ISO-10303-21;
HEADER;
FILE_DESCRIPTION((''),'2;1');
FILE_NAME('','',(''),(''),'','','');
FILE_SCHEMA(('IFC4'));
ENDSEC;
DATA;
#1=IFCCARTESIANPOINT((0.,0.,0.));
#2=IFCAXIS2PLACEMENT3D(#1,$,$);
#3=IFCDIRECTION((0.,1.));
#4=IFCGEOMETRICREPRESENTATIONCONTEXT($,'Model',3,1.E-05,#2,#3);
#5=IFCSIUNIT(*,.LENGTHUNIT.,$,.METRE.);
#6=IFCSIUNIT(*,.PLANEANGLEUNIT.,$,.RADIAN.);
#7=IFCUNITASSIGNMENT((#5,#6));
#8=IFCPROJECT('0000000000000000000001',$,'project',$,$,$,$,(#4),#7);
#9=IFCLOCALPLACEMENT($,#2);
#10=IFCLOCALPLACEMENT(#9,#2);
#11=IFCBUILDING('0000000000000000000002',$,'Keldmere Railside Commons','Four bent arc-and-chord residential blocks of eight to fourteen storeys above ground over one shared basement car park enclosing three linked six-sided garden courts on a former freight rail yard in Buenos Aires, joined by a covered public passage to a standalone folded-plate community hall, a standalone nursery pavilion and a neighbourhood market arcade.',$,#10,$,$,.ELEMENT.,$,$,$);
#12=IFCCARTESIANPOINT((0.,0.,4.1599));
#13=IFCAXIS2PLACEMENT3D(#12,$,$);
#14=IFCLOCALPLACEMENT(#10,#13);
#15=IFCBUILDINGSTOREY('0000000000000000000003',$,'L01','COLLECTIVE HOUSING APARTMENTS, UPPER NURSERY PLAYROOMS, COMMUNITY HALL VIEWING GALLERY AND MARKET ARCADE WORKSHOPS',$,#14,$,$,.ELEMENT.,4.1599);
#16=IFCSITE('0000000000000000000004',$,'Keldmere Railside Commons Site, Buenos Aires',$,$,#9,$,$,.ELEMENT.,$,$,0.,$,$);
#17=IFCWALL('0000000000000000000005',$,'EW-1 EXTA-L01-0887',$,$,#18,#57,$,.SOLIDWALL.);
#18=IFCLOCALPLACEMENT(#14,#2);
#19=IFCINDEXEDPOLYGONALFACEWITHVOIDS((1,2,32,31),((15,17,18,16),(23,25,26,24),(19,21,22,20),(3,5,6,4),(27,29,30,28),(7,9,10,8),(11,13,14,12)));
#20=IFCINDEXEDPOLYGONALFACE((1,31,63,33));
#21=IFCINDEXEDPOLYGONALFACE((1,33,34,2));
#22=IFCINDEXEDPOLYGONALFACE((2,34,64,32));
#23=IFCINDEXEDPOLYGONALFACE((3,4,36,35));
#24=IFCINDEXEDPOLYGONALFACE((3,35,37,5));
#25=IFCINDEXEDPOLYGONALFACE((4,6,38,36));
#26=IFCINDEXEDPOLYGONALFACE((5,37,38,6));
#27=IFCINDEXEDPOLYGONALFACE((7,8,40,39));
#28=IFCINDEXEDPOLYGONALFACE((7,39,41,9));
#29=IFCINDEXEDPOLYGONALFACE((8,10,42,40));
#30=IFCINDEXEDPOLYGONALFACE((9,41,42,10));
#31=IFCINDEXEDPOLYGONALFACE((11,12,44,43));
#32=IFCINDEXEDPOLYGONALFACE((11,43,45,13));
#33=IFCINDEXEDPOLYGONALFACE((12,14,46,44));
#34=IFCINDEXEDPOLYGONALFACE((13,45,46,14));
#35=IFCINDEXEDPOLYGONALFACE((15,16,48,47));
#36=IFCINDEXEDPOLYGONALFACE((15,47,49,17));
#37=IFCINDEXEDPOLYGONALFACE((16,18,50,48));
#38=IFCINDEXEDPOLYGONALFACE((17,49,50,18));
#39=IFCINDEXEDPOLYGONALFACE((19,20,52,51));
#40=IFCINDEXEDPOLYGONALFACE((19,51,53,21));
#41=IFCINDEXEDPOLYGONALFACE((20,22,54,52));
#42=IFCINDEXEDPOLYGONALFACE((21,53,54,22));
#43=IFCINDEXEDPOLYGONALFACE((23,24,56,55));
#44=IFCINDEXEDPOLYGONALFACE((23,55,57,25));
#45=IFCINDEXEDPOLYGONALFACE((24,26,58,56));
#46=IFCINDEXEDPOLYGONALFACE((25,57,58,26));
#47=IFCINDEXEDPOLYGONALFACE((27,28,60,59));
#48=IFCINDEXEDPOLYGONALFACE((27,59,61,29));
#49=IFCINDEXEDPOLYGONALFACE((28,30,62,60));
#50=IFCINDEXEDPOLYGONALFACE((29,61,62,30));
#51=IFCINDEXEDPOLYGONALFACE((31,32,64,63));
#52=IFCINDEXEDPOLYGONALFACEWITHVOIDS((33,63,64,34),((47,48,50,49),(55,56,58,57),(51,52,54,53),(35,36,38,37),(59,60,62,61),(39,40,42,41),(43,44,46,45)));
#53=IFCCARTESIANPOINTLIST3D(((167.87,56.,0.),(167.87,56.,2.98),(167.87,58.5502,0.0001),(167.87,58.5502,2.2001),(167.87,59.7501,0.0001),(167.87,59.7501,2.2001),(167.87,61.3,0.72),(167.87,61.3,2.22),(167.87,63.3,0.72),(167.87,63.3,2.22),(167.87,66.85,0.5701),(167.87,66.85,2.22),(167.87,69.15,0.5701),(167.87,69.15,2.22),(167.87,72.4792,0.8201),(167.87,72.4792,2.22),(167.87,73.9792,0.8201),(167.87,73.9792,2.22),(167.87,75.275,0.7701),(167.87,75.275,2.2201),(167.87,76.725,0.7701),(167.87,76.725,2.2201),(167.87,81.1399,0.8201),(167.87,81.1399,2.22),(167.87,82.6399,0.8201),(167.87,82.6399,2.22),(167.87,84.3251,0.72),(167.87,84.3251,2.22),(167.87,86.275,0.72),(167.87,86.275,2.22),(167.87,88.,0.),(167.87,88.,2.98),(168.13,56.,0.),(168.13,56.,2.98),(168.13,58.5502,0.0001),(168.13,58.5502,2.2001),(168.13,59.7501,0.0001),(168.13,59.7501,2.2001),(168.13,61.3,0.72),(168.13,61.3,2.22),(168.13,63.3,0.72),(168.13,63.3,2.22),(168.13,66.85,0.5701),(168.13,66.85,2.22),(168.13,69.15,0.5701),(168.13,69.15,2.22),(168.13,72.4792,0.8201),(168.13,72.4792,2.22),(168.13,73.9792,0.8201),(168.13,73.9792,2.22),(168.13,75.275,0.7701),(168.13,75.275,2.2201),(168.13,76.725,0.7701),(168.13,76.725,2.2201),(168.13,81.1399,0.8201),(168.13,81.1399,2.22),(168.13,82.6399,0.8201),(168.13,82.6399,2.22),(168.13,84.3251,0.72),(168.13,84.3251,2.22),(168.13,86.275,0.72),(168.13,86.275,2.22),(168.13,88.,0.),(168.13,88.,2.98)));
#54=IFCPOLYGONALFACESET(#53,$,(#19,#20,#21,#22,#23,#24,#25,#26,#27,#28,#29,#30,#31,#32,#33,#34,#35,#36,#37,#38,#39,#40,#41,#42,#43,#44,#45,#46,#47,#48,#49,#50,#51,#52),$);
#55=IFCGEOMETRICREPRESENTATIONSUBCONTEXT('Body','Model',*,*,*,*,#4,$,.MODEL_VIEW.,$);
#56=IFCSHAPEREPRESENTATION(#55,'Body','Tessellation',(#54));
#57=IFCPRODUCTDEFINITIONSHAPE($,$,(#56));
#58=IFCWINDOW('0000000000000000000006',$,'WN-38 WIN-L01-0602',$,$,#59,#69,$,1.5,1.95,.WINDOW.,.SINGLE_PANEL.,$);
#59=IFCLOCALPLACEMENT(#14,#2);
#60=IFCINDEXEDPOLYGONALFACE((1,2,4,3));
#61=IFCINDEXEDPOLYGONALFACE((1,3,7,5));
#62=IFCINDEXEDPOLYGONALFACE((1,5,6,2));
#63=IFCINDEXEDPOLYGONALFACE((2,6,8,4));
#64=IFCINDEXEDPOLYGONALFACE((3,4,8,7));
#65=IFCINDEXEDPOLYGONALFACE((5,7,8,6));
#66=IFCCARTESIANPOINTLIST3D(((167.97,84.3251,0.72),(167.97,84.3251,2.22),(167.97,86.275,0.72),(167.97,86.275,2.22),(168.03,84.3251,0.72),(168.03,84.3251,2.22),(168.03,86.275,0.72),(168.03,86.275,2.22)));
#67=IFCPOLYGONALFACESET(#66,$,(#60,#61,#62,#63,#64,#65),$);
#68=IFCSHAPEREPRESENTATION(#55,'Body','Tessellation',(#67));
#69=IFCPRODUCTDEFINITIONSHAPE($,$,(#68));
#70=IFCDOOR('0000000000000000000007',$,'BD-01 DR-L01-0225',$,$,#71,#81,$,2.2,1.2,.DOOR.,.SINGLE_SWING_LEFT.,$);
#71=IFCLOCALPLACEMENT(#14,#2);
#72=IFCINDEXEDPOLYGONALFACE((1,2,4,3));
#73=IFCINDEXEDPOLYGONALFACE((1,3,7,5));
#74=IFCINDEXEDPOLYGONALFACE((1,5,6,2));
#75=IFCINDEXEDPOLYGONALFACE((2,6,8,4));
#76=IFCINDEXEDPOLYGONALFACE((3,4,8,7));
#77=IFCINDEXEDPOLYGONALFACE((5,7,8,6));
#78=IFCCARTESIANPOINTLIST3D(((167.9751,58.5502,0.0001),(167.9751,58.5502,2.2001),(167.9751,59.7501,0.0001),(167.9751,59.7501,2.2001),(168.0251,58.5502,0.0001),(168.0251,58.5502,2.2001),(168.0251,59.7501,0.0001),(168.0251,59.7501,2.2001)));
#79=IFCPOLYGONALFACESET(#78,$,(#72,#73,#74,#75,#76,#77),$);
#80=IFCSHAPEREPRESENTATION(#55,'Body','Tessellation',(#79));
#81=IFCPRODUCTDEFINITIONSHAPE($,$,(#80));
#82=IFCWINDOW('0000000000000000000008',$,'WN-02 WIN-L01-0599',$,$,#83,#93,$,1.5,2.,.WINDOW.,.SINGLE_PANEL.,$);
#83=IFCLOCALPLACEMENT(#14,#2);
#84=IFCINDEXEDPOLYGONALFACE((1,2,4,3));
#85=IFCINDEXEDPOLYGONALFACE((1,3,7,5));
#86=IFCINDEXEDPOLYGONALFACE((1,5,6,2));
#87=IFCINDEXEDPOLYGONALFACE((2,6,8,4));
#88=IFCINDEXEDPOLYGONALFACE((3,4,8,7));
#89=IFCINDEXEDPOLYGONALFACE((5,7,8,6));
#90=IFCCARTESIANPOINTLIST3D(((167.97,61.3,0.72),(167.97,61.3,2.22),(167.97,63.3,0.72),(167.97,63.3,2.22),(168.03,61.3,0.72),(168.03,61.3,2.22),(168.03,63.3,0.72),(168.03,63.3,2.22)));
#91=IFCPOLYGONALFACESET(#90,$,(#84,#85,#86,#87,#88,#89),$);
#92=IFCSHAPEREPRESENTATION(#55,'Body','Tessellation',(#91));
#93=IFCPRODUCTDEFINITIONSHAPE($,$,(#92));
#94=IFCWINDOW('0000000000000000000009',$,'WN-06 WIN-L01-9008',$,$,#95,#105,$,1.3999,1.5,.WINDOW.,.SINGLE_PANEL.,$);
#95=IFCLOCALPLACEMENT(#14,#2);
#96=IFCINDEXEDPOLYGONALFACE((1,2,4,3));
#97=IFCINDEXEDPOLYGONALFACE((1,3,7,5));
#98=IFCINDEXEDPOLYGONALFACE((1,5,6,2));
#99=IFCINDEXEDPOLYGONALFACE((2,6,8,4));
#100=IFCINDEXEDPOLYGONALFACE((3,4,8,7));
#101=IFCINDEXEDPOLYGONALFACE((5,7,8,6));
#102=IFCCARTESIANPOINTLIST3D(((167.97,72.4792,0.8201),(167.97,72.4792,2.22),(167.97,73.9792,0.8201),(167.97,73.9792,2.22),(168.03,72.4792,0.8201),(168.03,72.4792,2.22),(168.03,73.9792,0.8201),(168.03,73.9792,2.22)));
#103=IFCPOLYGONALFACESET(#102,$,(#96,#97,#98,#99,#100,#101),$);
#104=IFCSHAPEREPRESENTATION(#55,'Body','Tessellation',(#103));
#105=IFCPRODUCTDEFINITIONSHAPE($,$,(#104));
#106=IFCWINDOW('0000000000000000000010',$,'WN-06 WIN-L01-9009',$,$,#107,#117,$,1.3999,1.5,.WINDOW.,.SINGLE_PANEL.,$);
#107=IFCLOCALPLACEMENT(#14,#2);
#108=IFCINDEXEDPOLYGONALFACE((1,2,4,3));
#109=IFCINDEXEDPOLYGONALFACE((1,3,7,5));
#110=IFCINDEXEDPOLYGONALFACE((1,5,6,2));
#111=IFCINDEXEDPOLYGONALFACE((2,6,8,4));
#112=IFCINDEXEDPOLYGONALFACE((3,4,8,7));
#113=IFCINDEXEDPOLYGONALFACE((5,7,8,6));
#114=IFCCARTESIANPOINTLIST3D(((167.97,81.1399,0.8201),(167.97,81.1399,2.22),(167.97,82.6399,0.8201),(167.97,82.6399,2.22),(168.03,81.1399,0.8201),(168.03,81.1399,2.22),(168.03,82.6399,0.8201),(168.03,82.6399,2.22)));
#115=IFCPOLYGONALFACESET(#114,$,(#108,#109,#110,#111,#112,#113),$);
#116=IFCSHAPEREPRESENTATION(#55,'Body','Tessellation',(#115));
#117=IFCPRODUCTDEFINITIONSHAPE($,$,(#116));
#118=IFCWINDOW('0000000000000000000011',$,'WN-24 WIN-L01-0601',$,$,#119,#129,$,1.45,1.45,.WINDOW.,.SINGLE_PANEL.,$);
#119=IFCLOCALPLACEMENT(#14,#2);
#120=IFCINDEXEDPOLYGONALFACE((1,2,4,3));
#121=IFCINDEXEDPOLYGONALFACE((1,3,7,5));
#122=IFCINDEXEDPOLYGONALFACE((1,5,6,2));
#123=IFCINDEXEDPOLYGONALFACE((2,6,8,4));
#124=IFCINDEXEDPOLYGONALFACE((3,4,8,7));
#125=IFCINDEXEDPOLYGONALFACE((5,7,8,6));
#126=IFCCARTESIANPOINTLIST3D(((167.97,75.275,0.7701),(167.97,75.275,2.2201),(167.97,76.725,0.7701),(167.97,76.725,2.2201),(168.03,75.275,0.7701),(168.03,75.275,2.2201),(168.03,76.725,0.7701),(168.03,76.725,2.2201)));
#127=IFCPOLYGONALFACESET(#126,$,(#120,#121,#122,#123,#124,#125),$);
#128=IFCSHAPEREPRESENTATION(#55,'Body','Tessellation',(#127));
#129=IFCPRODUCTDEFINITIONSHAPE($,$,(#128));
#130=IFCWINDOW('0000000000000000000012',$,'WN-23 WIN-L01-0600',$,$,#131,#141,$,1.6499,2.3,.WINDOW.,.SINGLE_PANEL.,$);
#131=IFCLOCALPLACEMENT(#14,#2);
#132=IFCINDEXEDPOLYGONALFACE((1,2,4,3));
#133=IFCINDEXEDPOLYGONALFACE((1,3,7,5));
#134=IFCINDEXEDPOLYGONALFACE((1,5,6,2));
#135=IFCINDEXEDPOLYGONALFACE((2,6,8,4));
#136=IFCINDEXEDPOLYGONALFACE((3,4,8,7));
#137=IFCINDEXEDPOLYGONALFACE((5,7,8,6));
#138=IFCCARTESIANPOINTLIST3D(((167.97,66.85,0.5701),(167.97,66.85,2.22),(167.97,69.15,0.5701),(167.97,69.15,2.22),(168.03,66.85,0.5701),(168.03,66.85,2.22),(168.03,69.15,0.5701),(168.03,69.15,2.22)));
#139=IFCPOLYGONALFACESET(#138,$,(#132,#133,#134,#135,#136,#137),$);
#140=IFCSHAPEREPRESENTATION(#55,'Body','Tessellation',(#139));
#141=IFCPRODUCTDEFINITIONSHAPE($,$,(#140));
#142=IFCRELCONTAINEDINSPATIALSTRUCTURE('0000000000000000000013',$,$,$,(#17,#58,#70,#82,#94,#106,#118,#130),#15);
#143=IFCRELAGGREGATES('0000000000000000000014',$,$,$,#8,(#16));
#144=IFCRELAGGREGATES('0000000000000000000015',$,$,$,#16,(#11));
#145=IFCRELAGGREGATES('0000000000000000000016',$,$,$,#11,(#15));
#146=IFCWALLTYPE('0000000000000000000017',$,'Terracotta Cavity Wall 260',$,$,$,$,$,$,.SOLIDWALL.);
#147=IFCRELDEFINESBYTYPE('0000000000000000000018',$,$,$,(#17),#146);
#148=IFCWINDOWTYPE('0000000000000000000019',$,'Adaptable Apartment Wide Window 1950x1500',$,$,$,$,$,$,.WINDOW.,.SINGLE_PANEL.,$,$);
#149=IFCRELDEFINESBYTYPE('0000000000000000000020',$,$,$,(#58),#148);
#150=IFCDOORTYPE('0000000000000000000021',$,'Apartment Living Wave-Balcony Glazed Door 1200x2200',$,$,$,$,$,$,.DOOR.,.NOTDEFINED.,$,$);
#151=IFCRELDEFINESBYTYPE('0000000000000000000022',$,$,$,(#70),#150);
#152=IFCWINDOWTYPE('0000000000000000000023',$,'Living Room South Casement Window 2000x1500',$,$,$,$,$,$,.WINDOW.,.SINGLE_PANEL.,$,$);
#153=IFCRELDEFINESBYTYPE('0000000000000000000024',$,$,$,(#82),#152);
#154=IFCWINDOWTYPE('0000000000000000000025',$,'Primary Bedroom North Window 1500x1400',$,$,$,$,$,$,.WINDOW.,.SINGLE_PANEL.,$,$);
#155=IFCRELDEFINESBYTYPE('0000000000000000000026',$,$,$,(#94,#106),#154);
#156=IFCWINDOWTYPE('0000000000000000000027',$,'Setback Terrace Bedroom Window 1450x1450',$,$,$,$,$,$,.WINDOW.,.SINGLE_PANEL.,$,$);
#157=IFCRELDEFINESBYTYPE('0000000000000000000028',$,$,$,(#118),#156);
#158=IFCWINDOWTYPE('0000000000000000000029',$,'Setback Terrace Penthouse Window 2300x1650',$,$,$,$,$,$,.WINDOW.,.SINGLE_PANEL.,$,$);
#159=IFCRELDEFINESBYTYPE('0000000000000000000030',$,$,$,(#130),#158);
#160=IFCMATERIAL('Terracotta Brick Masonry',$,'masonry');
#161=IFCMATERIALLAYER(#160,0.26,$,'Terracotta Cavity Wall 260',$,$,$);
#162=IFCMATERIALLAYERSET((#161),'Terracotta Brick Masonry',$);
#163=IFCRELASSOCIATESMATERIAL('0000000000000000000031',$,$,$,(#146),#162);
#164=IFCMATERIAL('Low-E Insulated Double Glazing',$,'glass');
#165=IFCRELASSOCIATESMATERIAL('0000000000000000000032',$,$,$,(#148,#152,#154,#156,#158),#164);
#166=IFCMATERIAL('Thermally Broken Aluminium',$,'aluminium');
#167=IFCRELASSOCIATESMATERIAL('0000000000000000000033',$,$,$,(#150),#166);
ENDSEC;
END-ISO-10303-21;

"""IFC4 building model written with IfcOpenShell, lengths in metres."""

from ifc_helpers import new_model, si_unit, direction, frame, frame_2d, origin, place, context, subcontext, project, spatial, rectangle, extrude, material, layer, layer_set, type_object, element, fill, save


model = new_model("IFC4")

# Units and contexts
model_context = context("Model", 3, precision=1e-05, world=origin(), true_north=direction((0.0, 1.0)))
body_context = subcontext(model_context, "Body", "Model", "MODEL_VIEW")
ifc_project = project(units=[si_unit("LENGTHUNIT", "METRE"), si_unit("PLANEANGLEUNIT", "RADIAN")], contexts=[model_context])

# Site, building, storey
site_placement = place(None, origin())
site = spatial("IfcSite", under=ifc_project, at=site_placement, Name="Keldmere Railside Commons Site, Buenos Aires", CompositionType="ELEMENT", RefElevation=0.0)
building_placement = place(site_placement, origin())
building = spatial("IfcBuilding", under=site, at=building_placement, Name="Keldmere Railside Commons", Description="Four bent arc-and-chord residential blocks of eight to fourteen storeys above ground over one shared basement car park enclosing three linked six-sided garden courts on a former freight rail yard in Buenos Aires, joined by a covered public passage to a standalone folded-plate community hall, a standalone nursery pavilion and a neighbourhood market arcade.", CompositionType="ELEMENT")
storey_placement = place(building_placement, frame((0.0, 0.0, 4.1599)))
storey = spatial("IfcBuildingStorey", under=building, at=storey_placement, Name="L01", Description="COLLECTIVE HOUSING APARTMENTS, UPPER NURSERY PLAYROOMS, COMMUNITY HALL VIEWING GALLERY AND MARKET ARCADE WORKSHOPS", CompositionType="ELEMENT", Elevation=4.1599)

# Wall, openings, windows, door
ifc_material_1 = material(Name="Terracotta Brick Masonry", Category="masonry")
ifc_layer_1 = layer(ifc_material_1, 0.26, Name="Terracotta Cavity Wall 260")
ifc_layer_set_1 = layer_set([ifc_layer_1], Name="Terracotta Brick Masonry")
wall_type_1 = type_object("IfcWallType", Name="Terracotta Cavity Wall 260", PredefinedType="SOLIDWALL", material=ifc_layer_set_1)
wall_1_placement = place(storey_placement, frame((168.0, 56.0, 0.0), z_axis=(0.0, 0.0, 1.0), x_axis=(0.0, 1.0, 0.0)))
wall_1 = element("IfcWall", 1, at=wall_1_placement, inside=storey, type_object=wall_type_1, Name="EW-1 EXTA-L01-0887", PredefinedType="SOLIDWALL", context=body_context, shape_type="SweptSolid", body=[
    extrude(rectangle(XDim=32.0, YDim=0.26, at=frame_2d((16.0, 0.0))), origin(), (0.0, 0.0, 1.0), 2.98),
])
opening_1_placement = place(wall_1_placement, frame((2.55, 0.0, 0.0)))
opening_1 = element("IfcOpeningElement", 2, at=opening_1_placement, cuts=wall_1, PredefinedType="OPENING", context=body_context, shape_type="SweptSolid", body=[
    extrude(rectangle(XDim=1.2, YDim=2.2, at=frame_2d((0.6001, 1.1001))), frame((0.0, 0.1399, 0.0), z_axis=(0.0, -1.0, 0.0), x_axis=(1.0, 0.0, 0.0)), (0.0, 0.0, 1.0), 0.28),
])
opening_2_placement = place(wall_1_placement, frame((5.3, 0.0, 0.72)))
opening_2 = element("IfcOpeningElement", 3, at=opening_2_placement, cuts=wall_1, PredefinedType="OPENING", context=body_context, shape_type="SweptSolid", body=[
    extrude(rectangle(XDim=2.0, YDim=1.5, at=frame_2d((1.0, 0.75))), frame((0.0, 0.1399, 0.0), z_axis=(0.0, -1.0, 0.0), x_axis=(1.0, 0.0, 0.0)), (0.0, 0.0, 1.0), 0.28),
])
opening_3_placement = place(wall_1_placement, frame((10.8501, 0.0, 0.5701)))
opening_3 = element("IfcOpeningElement", 4, at=opening_3_placement, cuts=wall_1, PredefinedType="OPENING", context=body_context, shape_type="SweptSolid", body=[
    extrude(rectangle(XDim=2.3, YDim=1.6499, at=frame_2d((1.1499, 0.825))), frame((0.0, 0.1399, 0.0), z_axis=(0.0, -1.0, 0.0), x_axis=(1.0, 0.0, 0.0)), (0.0, 0.0, 1.0), 0.28),
])
opening_4_placement = place(wall_1_placement, frame((19.2749, 0.0, 0.77)))
opening_4 = element("IfcOpeningElement", 5, at=opening_4_placement, cuts=wall_1, PredefinedType="OPENING", context=body_context, shape_type="SweptSolid", body=[
    extrude(rectangle(XDim=1.45, YDim=1.45, at=frame_2d((0.7251, 0.7251))), frame((0.0, 0.1399, 0.0), z_axis=(0.0, -1.0, 0.0), x_axis=(1.0, 0.0, 0.0)), (0.0, 0.0, 1.0), 0.28),
])
opening_5_placement = place(wall_1_placement, frame((28.325, 0.0, 0.72)))
opening_5 = element("IfcOpeningElement", 6, at=opening_5_placement, cuts=wall_1, PredefinedType="OPENING", context=body_context, shape_type="SweptSolid", body=[
    extrude(rectangle(XDim=1.95, YDim=1.5, at=frame_2d((0.9751, 0.75))), frame((0.0, 0.1399, 0.0), z_axis=(0.0, -1.0, 0.0), x_axis=(1.0, 0.0, 0.0)), (0.0, 0.0, 1.0), 0.28),
])
opening_6_placement = place(wall_1_placement, frame((16.4792, 0.0, 0.8201)))
opening_6 = element("IfcOpeningElement", 7, at=opening_6_placement, cuts=wall_1, PredefinedType="OPENING", context=body_context, shape_type="SweptSolid", body=[
    extrude(rectangle(XDim=1.5, YDim=1.3999, at=frame_2d((0.75, 0.7))), frame((0.0, 0.1399, 0.0), z_axis=(0.0, -1.0, 0.0), x_axis=(1.0, 0.0, 0.0)), (0.0, 0.0, 1.0), 0.28),
])
opening_7_placement = place(wall_1_placement, frame((25.1399, 0.0, 0.8201)))
opening_7 = element("IfcOpeningElement", 8, at=opening_7_placement, cuts=wall_1, PredefinedType="OPENING", context=body_context, shape_type="SweptSolid", body=[
    extrude(rectangle(XDim=1.5, YDim=1.3999, at=frame_2d((0.75, 0.7))), frame((0.0, 0.1399, 0.0), z_axis=(0.0, -1.0, 0.0), x_axis=(1.0, 0.0, 0.0)), (0.0, 0.0, 1.0), 0.28),
])
ifc_material_2 = material(Name="Low-E Insulated Double Glazing", Category="glass")
window_type_1 = type_object("IfcWindowType", Name="Adaptable Apartment Wide Window 1950x1500", PartitioningType="SINGLE_PANEL", PredefinedType="WINDOW", material=ifc_material_2)
window_1_placement = place(opening_5_placement, origin())
window_1 = element("IfcWindow", 9, at=window_1_placement, inside=storey, type_object=window_type_1, Name="WN-38 WIN-L01-0602", OverallHeight=1.5, OverallWidth=1.95, PartitioningType="SINGLE_PANEL", PredefinedType="WINDOW", context=body_context, shape_type="SweptSolid", body=[
    extrude(rectangle(XDim=1.95, YDim=1.5, at=frame_2d((0.9751, 0.75))), frame((0.0, 0.03, 0.0), z_axis=(0.0, -1.0, 0.0), x_axis=(1.0, 0.0, 0.0)), (0.0, 0.0, 1.0), 0.0601),
])
fill(opening_5, window_1)
ifc_material_3 = material(Name="Thermally Broken Aluminium", Category="aluminium")
door_type_1 = type_object("IfcDoorType", Name="Apartment Living Wave-Balcony Glazed Door 1200x2200", OperationType="NOTDEFINED", PredefinedType="DOOR", material=ifc_material_3)
door_1_placement = place(opening_1_placement, origin())
door_1 = element("IfcDoor", 10, at=door_1_placement, inside=storey, type_object=door_type_1, Name="BD-01 DR-L01-0225", OperationType="SINGLE_SWING_LEFT", OverallHeight=2.2, OverallWidth=1.2, PredefinedType="DOOR", context=body_context, shape_type="SweptSolid", body=[
    extrude(rectangle(XDim=1.2, YDim=2.2, at=frame_2d((0.6001, 1.1001))), frame((0.0, 0.0249, 0.0), z_axis=(0.0, -1.0, 0.0), x_axis=(1.0, 0.0, 0.0)), (0.0, 0.0, 1.0), 0.05),
])
fill(opening_1, door_1)
window_type_2 = type_object("IfcWindowType", Name="Living Room South Casement Window 2000x1500", PartitioningType="SINGLE_PANEL", PredefinedType="WINDOW", material=ifc_material_2)
window_2_placement = place(opening_2_placement, origin())
window_2 = element("IfcWindow", 11, at=window_2_placement, inside=storey, type_object=window_type_2, Name="WN-02 WIN-L01-0599", OverallHeight=1.5, OverallWidth=2.0, PartitioningType="SINGLE_PANEL", PredefinedType="WINDOW", context=body_context, shape_type="SweptSolid", body=[
    extrude(rectangle(XDim=2.0, YDim=1.5, at=frame_2d((1.0, 0.75))), frame((0.0, 0.03, 0.0), z_axis=(0.0, -1.0, 0.0), x_axis=(1.0, 0.0, 0.0)), (0.0, 0.0, 1.0), 0.0601),
])
fill(opening_2, window_2)
window_type_3 = type_object("IfcWindowType", Name="Primary Bedroom North Window 1500x1400", PartitioningType="SINGLE_PANEL", PredefinedType="WINDOW", material=ifc_material_2)
window_3_placement = place(opening_6_placement, origin())
window_3 = element("IfcWindow", 12, at=window_3_placement, inside=storey, type_object=window_type_3, Name="WN-06 WIN-L01-9008", OverallHeight=1.3999, OverallWidth=1.5, PartitioningType="SINGLE_PANEL", PredefinedType="WINDOW", context=body_context, shape_type="SweptSolid", body=[
    extrude(rectangle(XDim=1.5, YDim=1.3999, at=frame_2d((0.75, 0.7))), frame((0.0, 0.03, 0.0), z_axis=(0.0, -1.0, 0.0), x_axis=(1.0, 0.0, 0.0)), (0.0, 0.0, 1.0), 0.0601),
])
fill(opening_6, window_3)
window_4_placement = place(opening_7_placement, origin())
window_4 = element("IfcWindow", 13, at=window_4_placement, inside=storey, type_object=window_type_3, Name="WN-06 WIN-L01-9009", OverallHeight=1.3999, OverallWidth=1.5, PartitioningType="SINGLE_PANEL", PredefinedType="WINDOW", context=body_context, shape_type="SweptSolid", body=[
    extrude(rectangle(XDim=1.5, YDim=1.3999, at=frame_2d((0.75, 0.7))), frame((0.0, 0.03, 0.0), z_axis=(0.0, -1.0, 0.0), x_axis=(1.0, 0.0, 0.0)), (0.0, 0.0, 1.0), 0.0601),
])
fill(opening_7, window_4)
window_type_4 = type_object("IfcWindowType", Name="Setback Terrace Bedroom Window 1450x1450", PartitioningType="SINGLE_PANEL", PredefinedType="WINDOW", material=ifc_material_2)
window_5_placement = place(opening_4_placement, origin())
window_5 = element("IfcWindow", 14, at=window_5_placement, inside=storey, type_object=window_type_4, Name="WN-24 WIN-L01-0601", OverallHeight=1.45, OverallWidth=1.45, PartitioningType="SINGLE_PANEL", PredefinedType="WINDOW", context=body_context, shape_type="SweptSolid", body=[
    extrude(rectangle(XDim=1.45, YDim=1.45, at=frame_2d((0.7251, 0.7251))), frame((0.0, 0.03, 0.0), z_axis=(0.0, -1.0, 0.0), x_axis=(1.0, 0.0, 0.0)), (0.0, 0.0, 1.0), 0.0601),
])
fill(opening_4, window_5)
window_type_5 = type_object("IfcWindowType", Name="Setback Terrace Penthouse Window 2300x1650", PartitioningType="SINGLE_PANEL", PredefinedType="WINDOW", material=ifc_material_2)
window_6_placement = place(opening_3_placement, origin())
window_6 = element("IfcWindow", 15, at=window_6_placement, inside=storey, type_object=window_type_5, Name="WN-23 WIN-L01-0600", OverallHeight=1.6499, OverallWidth=2.3, PartitioningType="SINGLE_PANEL", PredefinedType="WINDOW", context=body_context, shape_type="SweptSolid", body=[
    extrude(rectangle(XDim=2.3, YDim=1.6499, at=frame_2d((1.1499, 0.825))), frame((0.0, 0.03, 0.0), z_axis=(0.0, -1.0, 0.0), x_axis=(1.0, 0.0, 0.0)), (0.0, 0.0, 1.0), 0.0601),
])
fill(opening_3, window_6)

save(model, "model.ifc")
